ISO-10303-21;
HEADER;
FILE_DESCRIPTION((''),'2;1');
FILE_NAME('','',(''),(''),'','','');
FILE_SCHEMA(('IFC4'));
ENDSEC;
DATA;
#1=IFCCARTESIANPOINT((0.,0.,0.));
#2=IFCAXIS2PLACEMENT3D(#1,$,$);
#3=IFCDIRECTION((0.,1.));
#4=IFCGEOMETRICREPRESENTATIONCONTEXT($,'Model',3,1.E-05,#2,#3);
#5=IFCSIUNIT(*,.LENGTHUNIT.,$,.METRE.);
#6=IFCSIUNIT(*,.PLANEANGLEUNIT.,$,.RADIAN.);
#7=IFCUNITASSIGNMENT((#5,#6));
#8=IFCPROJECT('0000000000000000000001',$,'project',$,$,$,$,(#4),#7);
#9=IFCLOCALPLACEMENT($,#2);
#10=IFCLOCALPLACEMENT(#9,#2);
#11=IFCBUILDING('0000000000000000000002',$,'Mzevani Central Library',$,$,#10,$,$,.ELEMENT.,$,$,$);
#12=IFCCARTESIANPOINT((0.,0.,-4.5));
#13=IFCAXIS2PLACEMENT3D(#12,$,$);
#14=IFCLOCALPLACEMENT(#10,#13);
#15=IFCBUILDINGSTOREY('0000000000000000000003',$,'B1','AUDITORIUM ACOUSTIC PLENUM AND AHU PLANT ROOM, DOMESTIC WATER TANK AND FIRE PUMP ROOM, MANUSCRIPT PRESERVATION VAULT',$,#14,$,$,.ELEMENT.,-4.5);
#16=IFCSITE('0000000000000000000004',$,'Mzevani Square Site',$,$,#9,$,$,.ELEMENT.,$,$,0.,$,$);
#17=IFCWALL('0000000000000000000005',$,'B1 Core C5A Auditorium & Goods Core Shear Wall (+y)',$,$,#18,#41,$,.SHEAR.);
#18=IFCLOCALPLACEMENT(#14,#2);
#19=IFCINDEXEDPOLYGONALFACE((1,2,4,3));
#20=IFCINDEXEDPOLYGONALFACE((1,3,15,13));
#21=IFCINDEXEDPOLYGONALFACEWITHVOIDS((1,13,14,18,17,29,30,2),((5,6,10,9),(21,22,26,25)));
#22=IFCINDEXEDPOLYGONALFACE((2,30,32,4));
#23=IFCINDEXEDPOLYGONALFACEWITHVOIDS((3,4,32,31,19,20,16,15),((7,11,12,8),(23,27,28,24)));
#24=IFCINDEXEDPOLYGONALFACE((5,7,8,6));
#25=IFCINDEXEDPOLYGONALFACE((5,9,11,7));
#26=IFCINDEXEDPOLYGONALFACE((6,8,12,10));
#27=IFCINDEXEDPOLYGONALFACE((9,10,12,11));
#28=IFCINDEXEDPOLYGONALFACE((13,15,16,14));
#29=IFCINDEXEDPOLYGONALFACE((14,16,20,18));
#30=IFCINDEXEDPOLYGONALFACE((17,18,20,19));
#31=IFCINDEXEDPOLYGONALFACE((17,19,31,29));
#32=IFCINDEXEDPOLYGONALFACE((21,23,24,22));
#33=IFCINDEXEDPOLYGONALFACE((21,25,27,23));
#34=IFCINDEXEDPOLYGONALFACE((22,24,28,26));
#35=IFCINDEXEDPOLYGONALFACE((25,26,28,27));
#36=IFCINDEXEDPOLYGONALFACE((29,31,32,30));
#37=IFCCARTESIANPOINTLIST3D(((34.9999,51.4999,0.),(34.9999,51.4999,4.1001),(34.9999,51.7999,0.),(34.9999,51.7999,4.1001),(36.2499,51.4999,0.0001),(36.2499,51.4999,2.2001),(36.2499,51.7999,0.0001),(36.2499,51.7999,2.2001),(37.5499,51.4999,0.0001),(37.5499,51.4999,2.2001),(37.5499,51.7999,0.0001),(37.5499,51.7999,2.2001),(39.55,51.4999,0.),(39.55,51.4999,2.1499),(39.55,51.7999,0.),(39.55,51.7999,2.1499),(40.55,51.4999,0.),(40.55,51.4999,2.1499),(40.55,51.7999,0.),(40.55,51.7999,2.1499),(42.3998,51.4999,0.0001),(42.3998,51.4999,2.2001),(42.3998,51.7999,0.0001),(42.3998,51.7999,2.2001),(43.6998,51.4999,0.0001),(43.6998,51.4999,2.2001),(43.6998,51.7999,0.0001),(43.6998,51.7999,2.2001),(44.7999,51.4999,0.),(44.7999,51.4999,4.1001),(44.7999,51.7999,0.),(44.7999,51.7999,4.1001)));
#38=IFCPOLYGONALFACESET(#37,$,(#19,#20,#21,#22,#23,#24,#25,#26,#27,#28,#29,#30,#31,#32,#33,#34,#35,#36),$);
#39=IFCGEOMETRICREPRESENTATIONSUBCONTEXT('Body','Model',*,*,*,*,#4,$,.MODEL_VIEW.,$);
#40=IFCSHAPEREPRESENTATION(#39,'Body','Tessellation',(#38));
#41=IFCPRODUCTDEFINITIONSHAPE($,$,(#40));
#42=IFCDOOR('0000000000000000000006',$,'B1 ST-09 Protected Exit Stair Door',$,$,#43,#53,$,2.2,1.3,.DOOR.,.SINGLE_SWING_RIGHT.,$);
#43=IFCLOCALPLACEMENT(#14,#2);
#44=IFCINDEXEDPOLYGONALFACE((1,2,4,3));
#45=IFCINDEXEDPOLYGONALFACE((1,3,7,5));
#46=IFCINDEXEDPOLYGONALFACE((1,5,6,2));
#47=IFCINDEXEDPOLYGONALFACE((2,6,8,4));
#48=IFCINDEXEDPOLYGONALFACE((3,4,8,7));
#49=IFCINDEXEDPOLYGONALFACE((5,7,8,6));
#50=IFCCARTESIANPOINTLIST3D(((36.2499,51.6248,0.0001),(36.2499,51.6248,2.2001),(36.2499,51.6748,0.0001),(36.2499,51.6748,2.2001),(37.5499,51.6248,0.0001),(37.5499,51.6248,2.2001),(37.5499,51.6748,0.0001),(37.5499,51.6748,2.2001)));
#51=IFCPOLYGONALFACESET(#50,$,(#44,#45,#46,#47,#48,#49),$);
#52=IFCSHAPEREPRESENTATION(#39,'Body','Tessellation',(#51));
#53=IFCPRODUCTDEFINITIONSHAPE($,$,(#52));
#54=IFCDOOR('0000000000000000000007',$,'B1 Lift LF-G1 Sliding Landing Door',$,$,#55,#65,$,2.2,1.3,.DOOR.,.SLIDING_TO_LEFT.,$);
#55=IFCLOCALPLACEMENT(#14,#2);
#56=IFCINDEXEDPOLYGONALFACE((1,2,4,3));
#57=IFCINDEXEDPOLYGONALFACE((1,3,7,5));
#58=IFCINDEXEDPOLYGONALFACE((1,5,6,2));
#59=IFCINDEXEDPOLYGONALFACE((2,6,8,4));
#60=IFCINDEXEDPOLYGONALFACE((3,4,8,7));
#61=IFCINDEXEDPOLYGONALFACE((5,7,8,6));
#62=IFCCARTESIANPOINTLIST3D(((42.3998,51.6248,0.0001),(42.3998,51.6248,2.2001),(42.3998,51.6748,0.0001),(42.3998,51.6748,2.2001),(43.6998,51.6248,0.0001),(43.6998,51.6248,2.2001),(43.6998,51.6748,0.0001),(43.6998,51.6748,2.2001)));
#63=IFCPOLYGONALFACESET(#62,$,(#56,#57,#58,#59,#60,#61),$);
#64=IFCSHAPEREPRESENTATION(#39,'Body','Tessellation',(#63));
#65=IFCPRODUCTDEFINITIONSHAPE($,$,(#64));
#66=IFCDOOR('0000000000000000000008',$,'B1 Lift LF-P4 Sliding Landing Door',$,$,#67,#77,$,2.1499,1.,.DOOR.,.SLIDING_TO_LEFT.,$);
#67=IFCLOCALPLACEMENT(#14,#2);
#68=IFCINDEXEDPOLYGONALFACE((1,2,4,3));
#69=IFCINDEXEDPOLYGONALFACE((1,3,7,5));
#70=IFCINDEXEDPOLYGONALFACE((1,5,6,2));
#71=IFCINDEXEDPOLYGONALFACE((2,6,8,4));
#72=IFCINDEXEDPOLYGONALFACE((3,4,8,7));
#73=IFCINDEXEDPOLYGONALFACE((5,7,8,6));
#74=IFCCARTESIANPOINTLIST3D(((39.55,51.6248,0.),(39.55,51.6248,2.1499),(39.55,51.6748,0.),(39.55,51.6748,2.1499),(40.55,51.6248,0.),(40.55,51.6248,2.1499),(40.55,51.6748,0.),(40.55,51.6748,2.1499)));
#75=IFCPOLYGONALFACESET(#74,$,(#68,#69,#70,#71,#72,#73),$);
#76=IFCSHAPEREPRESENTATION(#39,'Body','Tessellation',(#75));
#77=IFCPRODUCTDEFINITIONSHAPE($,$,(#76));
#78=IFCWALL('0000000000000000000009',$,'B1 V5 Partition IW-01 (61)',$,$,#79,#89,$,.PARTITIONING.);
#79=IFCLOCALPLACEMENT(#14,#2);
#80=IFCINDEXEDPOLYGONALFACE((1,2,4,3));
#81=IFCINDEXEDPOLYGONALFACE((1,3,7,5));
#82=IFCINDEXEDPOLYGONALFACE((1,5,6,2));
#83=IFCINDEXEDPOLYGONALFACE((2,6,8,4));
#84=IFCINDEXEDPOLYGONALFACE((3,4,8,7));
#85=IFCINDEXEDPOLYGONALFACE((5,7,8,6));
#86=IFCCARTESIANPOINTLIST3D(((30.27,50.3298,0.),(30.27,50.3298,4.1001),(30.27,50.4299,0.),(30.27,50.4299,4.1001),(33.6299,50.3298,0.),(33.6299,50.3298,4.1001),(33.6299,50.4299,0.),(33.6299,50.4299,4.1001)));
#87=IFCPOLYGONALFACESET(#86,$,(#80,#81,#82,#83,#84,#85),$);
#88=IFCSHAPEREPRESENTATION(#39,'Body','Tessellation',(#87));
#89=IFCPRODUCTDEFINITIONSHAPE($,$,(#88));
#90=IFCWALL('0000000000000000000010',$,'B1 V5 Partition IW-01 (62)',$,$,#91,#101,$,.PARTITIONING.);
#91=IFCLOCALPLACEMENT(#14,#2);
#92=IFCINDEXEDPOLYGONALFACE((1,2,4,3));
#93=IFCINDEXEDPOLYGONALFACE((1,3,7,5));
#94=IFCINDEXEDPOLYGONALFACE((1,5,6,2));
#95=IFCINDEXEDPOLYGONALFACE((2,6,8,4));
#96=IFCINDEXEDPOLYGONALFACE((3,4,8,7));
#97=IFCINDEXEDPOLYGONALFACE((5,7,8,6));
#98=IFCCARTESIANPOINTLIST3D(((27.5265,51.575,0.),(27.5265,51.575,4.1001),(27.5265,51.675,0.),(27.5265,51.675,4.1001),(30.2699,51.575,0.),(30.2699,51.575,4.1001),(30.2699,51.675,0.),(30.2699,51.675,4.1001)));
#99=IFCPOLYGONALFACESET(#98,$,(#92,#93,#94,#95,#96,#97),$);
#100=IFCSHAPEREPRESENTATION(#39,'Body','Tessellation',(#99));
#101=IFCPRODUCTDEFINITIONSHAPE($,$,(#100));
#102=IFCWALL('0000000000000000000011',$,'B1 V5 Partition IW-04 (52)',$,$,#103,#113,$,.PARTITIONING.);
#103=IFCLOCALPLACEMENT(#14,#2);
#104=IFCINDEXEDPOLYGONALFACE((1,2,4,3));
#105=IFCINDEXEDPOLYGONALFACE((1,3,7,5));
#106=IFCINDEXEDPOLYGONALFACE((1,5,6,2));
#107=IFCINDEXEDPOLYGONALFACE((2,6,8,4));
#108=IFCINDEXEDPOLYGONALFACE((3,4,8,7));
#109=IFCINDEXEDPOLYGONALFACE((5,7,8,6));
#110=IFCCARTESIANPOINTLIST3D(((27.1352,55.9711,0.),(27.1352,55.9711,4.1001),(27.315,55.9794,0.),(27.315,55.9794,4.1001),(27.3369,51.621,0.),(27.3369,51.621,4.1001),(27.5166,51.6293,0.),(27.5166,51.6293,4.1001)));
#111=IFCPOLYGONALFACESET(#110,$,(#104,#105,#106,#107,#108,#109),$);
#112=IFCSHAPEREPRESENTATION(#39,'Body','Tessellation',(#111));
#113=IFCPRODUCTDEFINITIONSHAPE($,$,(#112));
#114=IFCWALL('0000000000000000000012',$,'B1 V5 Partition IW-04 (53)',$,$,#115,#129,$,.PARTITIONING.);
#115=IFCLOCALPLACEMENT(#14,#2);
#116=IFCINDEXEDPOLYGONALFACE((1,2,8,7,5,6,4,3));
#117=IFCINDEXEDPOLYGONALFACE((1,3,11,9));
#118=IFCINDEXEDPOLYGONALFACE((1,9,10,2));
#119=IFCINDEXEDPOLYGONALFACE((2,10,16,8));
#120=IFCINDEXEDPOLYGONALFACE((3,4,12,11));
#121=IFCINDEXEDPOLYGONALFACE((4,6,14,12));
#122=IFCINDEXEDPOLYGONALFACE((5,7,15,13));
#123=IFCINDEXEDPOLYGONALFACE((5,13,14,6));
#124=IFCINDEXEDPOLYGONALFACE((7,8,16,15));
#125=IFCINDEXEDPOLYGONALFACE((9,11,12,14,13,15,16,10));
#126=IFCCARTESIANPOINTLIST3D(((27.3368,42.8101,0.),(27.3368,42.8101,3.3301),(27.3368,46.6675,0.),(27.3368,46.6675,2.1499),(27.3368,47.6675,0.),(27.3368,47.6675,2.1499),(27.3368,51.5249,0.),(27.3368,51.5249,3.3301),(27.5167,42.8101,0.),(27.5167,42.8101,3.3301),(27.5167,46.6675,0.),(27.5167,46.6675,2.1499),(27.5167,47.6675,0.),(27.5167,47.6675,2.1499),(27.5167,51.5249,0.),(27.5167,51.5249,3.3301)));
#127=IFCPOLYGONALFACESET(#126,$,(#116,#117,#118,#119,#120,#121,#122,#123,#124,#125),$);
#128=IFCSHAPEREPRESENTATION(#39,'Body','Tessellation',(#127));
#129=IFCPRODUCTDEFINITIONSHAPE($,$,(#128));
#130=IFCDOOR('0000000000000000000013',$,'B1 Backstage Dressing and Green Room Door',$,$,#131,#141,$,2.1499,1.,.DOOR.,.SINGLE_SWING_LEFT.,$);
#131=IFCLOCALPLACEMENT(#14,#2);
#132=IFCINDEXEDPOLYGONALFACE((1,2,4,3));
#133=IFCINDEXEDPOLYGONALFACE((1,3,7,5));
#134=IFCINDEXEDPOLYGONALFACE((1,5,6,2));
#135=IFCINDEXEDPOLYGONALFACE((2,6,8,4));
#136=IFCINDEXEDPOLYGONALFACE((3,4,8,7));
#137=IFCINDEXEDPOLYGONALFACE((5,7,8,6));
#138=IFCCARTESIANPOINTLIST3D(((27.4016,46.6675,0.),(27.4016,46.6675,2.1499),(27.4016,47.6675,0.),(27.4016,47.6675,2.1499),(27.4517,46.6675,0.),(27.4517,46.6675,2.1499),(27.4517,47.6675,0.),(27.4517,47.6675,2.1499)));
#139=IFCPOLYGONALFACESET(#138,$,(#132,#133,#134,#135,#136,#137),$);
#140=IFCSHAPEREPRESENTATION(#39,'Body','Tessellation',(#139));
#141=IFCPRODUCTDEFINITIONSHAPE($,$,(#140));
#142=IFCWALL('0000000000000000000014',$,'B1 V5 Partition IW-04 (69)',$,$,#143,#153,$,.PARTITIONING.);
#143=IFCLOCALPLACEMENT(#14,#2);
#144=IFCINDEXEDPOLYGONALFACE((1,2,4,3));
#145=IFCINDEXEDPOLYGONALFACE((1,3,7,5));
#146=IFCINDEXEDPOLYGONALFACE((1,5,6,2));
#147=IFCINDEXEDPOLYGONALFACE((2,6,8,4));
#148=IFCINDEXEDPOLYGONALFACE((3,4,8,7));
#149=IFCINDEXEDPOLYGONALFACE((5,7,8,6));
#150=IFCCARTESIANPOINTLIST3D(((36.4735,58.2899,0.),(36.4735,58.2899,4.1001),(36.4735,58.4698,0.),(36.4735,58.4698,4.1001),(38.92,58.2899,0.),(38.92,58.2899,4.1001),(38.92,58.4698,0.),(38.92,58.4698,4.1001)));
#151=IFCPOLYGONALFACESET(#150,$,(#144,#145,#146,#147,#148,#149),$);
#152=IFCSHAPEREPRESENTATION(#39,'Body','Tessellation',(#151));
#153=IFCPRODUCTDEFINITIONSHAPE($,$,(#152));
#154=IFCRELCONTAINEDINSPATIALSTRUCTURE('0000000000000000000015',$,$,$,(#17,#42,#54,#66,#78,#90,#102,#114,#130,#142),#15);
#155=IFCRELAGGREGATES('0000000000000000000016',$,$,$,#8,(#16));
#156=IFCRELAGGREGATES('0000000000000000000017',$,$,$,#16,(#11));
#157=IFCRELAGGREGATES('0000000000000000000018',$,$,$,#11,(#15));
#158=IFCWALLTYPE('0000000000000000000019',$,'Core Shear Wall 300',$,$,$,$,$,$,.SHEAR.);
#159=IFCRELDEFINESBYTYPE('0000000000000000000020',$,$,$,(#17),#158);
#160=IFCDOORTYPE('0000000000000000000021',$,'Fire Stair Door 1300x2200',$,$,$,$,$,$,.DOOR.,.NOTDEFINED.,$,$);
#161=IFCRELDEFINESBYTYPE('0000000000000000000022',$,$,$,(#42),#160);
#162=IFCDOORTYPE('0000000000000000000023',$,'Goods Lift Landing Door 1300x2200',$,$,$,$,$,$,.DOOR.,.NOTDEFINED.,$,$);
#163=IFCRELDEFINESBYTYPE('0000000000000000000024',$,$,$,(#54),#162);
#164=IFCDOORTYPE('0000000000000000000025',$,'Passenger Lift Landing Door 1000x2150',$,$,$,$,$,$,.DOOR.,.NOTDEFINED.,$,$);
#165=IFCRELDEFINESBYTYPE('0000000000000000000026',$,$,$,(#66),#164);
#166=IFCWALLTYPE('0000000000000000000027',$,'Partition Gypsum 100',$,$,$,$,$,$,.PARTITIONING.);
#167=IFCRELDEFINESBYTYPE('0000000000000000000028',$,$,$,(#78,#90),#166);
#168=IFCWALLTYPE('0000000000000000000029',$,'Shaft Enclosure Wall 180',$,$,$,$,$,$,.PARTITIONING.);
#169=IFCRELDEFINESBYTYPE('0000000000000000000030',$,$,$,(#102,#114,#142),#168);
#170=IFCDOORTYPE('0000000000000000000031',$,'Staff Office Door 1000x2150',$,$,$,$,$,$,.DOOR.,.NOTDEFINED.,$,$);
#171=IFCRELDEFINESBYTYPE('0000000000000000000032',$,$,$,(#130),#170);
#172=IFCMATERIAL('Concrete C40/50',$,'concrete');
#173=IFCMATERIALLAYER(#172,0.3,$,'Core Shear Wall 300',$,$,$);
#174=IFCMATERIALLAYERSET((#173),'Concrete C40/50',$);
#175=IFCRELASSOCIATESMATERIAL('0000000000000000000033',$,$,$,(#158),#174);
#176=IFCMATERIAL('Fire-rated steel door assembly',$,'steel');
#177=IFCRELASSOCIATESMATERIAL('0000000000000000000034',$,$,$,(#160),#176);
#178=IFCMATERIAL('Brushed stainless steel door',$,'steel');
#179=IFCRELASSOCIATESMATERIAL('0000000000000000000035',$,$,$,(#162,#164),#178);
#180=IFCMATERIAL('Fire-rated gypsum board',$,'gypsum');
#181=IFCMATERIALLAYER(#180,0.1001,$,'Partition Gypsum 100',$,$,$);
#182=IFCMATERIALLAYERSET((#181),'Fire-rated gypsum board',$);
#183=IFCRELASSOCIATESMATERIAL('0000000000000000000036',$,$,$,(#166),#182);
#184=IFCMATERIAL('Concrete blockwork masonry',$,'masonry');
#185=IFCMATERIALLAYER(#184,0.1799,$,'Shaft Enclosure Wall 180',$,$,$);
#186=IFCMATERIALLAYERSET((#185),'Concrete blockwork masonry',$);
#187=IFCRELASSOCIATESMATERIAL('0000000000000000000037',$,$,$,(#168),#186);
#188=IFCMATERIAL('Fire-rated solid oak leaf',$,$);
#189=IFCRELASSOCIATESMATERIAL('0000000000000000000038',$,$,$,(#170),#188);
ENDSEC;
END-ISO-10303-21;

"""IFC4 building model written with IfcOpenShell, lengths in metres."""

from ifc_helpers import new_model, si_unit, direction, frame, frame_2d, origin, place, context, subcontext, project, spatial, rectangle, extrude, material, layer, layer_set, type_object, element, fill, save


model = new_model("IFC4")

# Units and contexts
model_context = context("Model", 3, precision=1e-05, world=origin(), true_north=direction((0.0, 1.0)))
body_context = subcontext(model_context, "Body", "Model", "MODEL_VIEW")
ifc_project = project(units=[si_unit("LENGTHUNIT", "METRE"), si_unit("PLANEANGLEUNIT", "RADIAN")], contexts=[model_context])

# Site, building, storey
site_placement = place(None, origin())
site = spatial("IfcSite", under=ifc_project, at=site_placement, Name="Mzevani Square Site", CompositionType="ELEMENT", RefElevation=0.0)
building_placement = place(site_placement, origin())
building = spatial("IfcBuilding", under=site, at=building_placement, Name="Mzevani Central Library", CompositionType="ELEMENT")
storey_placement = place(building_placement, frame((0.0, 0.0, -4.5)))
storey = spatial("IfcBuildingStorey", under=building, at=storey_placement, Name="B1", Description="AUDITORIUM ACOUSTIC PLENUM AND AHU PLANT ROOM, DOMESTIC WATER TANK AND FIRE PUMP ROOM, MANUSCRIPT PRESERVATION VAULT", CompositionType="ELEMENT", Elevation=-4.5)

# Shared definitions
ifc_material_1 = material(Name="Concrete C40/50", Category="concrete")

# Shared definitions
ifc_material_2 = material(Name="Fire-rated steel door assembly", Category="steel")

# Wall, openings, doors
ifc_layer_1 = layer(ifc_material_1, 0.3, Name="Core Shear Wall 300")
ifc_layer_set_1 = layer_set([ifc_layer_1], Name="Concrete C40/50")
wall_type_1 = type_object("IfcWallType", Name="Core Shear Wall 300", PredefinedType="SHEAR", material=ifc_layer_set_1)
wall_1_placement = place(storey_placement, frame((35.0, 51.6499, 0.0), z_axis=(0.0, 0.0, 1.0), x_axis=(1.0, 0.0, 0.0)))
wall_1 = element("IfcWall", 1, at=wall_1_placement, inside=storey, type_object=wall_type_1, Name="B1 Core C5A Auditorium & Goods Core Shear Wall (+y)", PredefinedType="SHEAR", context=body_context, shape_type="SweptSolid", body=[
    extrude(rectangle(XDim=9.8, YDim=0.3, at=frame_2d((4.8999, 0.0))), origin(), (0.0, 0.0, 1.0), 4.1001),
])
opening_1_placement = place(wall_1_placement, frame((1.25, 0.0, 0.0)))
opening_1 = element("IfcOpeningElement", 2, at=opening_1_placement, cuts=wall_1, PredefinedType="OPENING", context=body_context, shape_type="SweptSolid", body=[
    extrude(rectangle(XDim=1.3, YDim=2.2, at=frame_2d((0.6499, 1.1001))), frame((0.0, 0.1602, 0.0), z_axis=(0.0, -1.0, 0.0), x_axis=(1.0, 0.0, 0.0)), (0.0, 0.0, 1.0), 0.3201),
])
opening_2_placement = place(wall_1_placement, frame((4.55, 0.0, 0.0)))
opening_2 = element("IfcOpeningElement", 3, at=opening_2_placement, cuts=wall_1, PredefinedType="OPENING", context=body_context, shape_type="SweptSolid", body=[
    extrude(rectangle(XDim=1.0, YDim=2.1499, at=frame_2d((0.5, 1.075))), frame((0.0, 0.1602, 0.0), z_axis=(0.0, -1.0, 0.0), x_axis=(1.0, 0.0, 0.0)), (0.0, 0.0, 1.0), 0.3201),
])
opening_3_placement = place(wall_1_placement, frame((7.3999, 0.0, 0.0)))
opening_3 = element("IfcOpeningElement", 4, at=opening_3_placement, cuts=wall_1, PredefinedType="OPENING", context=body_context, shape_type="SweptSolid", body=[
    extrude(rectangle(XDim=1.3, YDim=2.2, at=frame_2d((0.6499, 1.1001))), frame((0.0, 0.1602, 0.0), z_axis=(0.0, -1.0, 0.0), x_axis=(1.0, 0.0, 0.0)), (0.0, 0.0, 1.0), 0.3201),
])
door_type_1 = type_object("IfcDoorType", Name="Fire Stair Door 1300x2200", OperationType="NOTDEFINED", PredefinedType="DOOR", material=ifc_material_2)
door_1_placement = place(opening_1_placement, origin())
door_1 = element("IfcDoor", 5, at=door_1_placement, inside=storey, type_object=door_type_1, Name="B1 ST-09 Protected Exit Stair Door", OperationType="SINGLE_SWING_RIGHT", OverallHeight=2.2, OverallWidth=1.3, PredefinedType="DOOR", context=body_context, shape_type="SweptSolid", body=[
    extrude(rectangle(XDim=1.3, YDim=2.2, at=frame_2d((0.6499, 1.1001))), frame((0.0, 0.0249, 0.0), z_axis=(0.0, -1.0, 0.0), x_axis=(1.0, 0.0, 0.0)), (0.0, 0.0, 1.0), 0.05),
])
fill(opening_1, door_1)
ifc_material_3 = material(Name="Brushed stainless steel door", Category="steel")
door_type_2 = type_object("IfcDoorType", Name="Goods Lift Landing Door 1300x2200", OperationType="NOTDEFINED", PredefinedType="DOOR", material=ifc_material_3)
door_2_placement = place(opening_3_placement, origin())
door_2 = element("IfcDoor", 6, at=door_2_placement, inside=storey, type_object=door_type_2, Name="B1 Lift LF-G1 Sliding Landing Door", OperationType="SLIDING_TO_LEFT", OverallHeight=2.2, OverallWidth=1.3, PredefinedType="DOOR", context=body_context, shape_type="SweptSolid", body=[
    extrude(rectangle(XDim=1.3, YDim=2.2, at=frame_2d((0.6499, 1.1001))), frame((0.0, 0.0249, 0.0), z_axis=(0.0, -1.0, 0.0), x_axis=(1.0, 0.0, 0.0)), (0.0, 0.0, 1.0), 0.05),
])
fill(opening_3, door_2)
door_type_3 = type_object("IfcDoorType", Name="Passenger Lift Landing Door 1000x2150", OperationType="NOTDEFINED", PredefinedType="DOOR", material=ifc_material_3)
door_3_placement = place(opening_2_placement, origin())
door_3 = element("IfcDoor", 7, at=door_3_placement, inside=storey, type_object=door_type_3, Name="B1 Lift LF-P4 Sliding Landing Door", OperationType="SLIDING_TO_LEFT", OverallHeight=2.1499, OverallWidth=1.0, PredefinedType="DOOR", context=body_context, shape_type="SweptSolid", body=[
    extrude(rectangle(XDim=1.0, YDim=2.1499, at=frame_2d((0.5, 1.075))), frame((0.0, 0.0249, 0.0), z_axis=(0.0, -1.0, 0.0), x_axis=(1.0, 0.0, 0.0)), (0.0, 0.0, 1.0), 0.05),
])
fill(opening_2, door_3)

# Walls
ifc_material_4 = material(Name="Fire-rated gypsum board", Category="gypsum")
ifc_layer_2 = layer(ifc_material_4, 0.1001, Name="Partition Gypsum 100")
ifc_layer_set_2 = layer_set([ifc_layer_2], Name="Fire-rated gypsum board")
wall_type_2 = type_object("IfcWallType", Name="Partition Gypsum 100", PredefinedType="PARTITIONING", material=ifc_layer_set_2)
wall_2_placement = place(storey_placement, frame((30.27, 50.3799, 0.0), z_axis=(0.0, 0.0, 1.0), x_axis=(1.0, 0.0, 0.0)))
element("IfcWall", 8, at=wall_2_placement, inside=storey, type_object=wall_type_2, Name="B1 V5 Partition IW-01 (61)", PredefinedType="PARTITIONING", context=body_context, shape_type="SweptSolid", body=[
    extrude(rectangle(XDim=3.3599, YDim=0.1001, at=frame_2d((1.6799, 0.0))), origin(), (0.0, 0.0, 1.0), 4.1001),
])
wall_3_placement = place(storey_placement, frame((27.5266, 51.625, 0.0), z_axis=(0.0, 0.0, 1.0), x_axis=(1.0, 0.0, 0.0)))
element("IfcWall", 9, at=wall_3_placement, inside=storey, type_object=wall_type_2, Name="B1 V5 Partition IW-01 (62)", PredefinedType="PARTITIONING", context=body_context, shape_type="SweptSolid", body=[
    extrude(rectangle(XDim=2.7434, YDim=0.1001, at=frame_2d((1.3716, 0.0))), origin(), (0.0, 0.0, 1.0), 4.1001),
])
ifc_material_5 = material(Name="Concrete blockwork masonry", Category="masonry")
ifc_layer_3 = layer(ifc_material_5, 0.1799, Name="Shaft Enclosure Wall 180")
ifc_layer_set_3 = layer_set([ifc_layer_3], Name="Concrete blockwork masonry")
wall_type_3 = type_object("IfcWallType", Name="Shaft Enclosure Wall 180", PredefinedType="PARTITIONING", material=ifc_layer_set_3)
wall_4_placement = place(storey_placement, frame((27.2251, 55.9751, 0.0), z_axis=(0.0, 0.0, 1.0), x_axis=(0.046308, -0.998927, 0.0)))
element("IfcWall", 10, at=wall_4_placement, inside=storey, type_object=wall_type_3, Name="B1 V5 Partition IW-04 (52)", PredefinedType="PARTITIONING", context=body_context, shape_type="SweptSolid", body=[
    extrude(rectangle(XDim=4.3547, YDim=0.1799, at=frame_2d((2.1772, 0.0))), origin(), (0.0, 0.0, 1.0), 4.1001),
])

# Wall, opening, door
wall_5_placement = place(storey_placement, frame((27.4268, 51.5249, 0.0), z_axis=(0.0, 0.0, 1.0), x_axis=(0.0, -1.0, 0.0)))
wall_5 = element("IfcWall", 11, at=wall_5_placement, inside=storey, type_object=wall_type_3, Name="B1 V5 Partition IW-04 (53)", PredefinedType="PARTITIONING", context=body_context, shape_type="SweptSolid", body=[
    extrude(rectangle(XDim=8.7148, YDim=0.1799, at=frame_2d((4.3574, 0.0))), origin(), (0.0, 0.0, 1.0), 3.3301),
])
opening_4_placement = place(wall_5_placement, frame((3.8574, 0.0, 0.0)))
opening_4 = element("IfcOpeningElement", 12, at=opening_4_placement, cuts=wall_5, PredefinedType="OPENING", context=body_context, shape_type="SweptSolid", body=[
    extrude(rectangle(XDim=1.0, YDim=2.1499, at=frame_2d((0.5, 1.075))), frame((0.0, 0.1001, 0.0), z_axis=(0.0, -1.0, 0.0), x_axis=(1.0, 0.0, 0.0)), (0.0, 0.0, 1.0), 0.2),
])
ifc_material_6 = material(Name="Fire-rated solid oak leaf")
door_type_4 = type_object("IfcDoorType", Name="Staff Office Door 1000x2150", OperationType="NOTDEFINED", PredefinedType="DOOR", material=ifc_material_6)
door_4_placement = place(opening_4_placement, origin())
door_4 = element("IfcDoor", 13, at=door_4_placement, inside=storey, type_object=door_type_4, Name="B1 Backstage Dressing and Green Room Door", OperationType="SINGLE_SWING_LEFT", OverallHeight=2.1499, OverallWidth=1.0, PredefinedType="DOOR", context=body_context, shape_type="SweptSolid", body=[
    extrude(rectangle(XDim=1.0, YDim=2.1499, at=frame_2d((0.5, 1.075))), frame((0.0, 0.0249, 0.0), z_axis=(0.0, -1.0, 0.0), x_axis=(1.0, 0.0, 0.0)), (0.0, 0.0, 1.0), 0.05),
])
fill(opening_4, door_4)

# Wall
wall_6_placement = place(storey_placement, frame((38.9199, 58.3799, 0.0), z_axis=(0.0, 0.0, 1.0), x_axis=(-1.0, 0.0, 0.0)))
element("IfcWall", 14, at=wall_6_placement, inside=storey, type_object=wall_type_3, Name="B1 V5 Partition IW-04 (69)", PredefinedType="PARTITIONING", context=body_context, shape_type="SweptSolid", body=[
    extrude(rectangle(XDim=2.4465, YDim=0.1799, at=frame_2d((1.2231, 0.0))), origin(), (0.0, 0.0, 1.0), 4.1001),
])

save(model, "model.ifc")
